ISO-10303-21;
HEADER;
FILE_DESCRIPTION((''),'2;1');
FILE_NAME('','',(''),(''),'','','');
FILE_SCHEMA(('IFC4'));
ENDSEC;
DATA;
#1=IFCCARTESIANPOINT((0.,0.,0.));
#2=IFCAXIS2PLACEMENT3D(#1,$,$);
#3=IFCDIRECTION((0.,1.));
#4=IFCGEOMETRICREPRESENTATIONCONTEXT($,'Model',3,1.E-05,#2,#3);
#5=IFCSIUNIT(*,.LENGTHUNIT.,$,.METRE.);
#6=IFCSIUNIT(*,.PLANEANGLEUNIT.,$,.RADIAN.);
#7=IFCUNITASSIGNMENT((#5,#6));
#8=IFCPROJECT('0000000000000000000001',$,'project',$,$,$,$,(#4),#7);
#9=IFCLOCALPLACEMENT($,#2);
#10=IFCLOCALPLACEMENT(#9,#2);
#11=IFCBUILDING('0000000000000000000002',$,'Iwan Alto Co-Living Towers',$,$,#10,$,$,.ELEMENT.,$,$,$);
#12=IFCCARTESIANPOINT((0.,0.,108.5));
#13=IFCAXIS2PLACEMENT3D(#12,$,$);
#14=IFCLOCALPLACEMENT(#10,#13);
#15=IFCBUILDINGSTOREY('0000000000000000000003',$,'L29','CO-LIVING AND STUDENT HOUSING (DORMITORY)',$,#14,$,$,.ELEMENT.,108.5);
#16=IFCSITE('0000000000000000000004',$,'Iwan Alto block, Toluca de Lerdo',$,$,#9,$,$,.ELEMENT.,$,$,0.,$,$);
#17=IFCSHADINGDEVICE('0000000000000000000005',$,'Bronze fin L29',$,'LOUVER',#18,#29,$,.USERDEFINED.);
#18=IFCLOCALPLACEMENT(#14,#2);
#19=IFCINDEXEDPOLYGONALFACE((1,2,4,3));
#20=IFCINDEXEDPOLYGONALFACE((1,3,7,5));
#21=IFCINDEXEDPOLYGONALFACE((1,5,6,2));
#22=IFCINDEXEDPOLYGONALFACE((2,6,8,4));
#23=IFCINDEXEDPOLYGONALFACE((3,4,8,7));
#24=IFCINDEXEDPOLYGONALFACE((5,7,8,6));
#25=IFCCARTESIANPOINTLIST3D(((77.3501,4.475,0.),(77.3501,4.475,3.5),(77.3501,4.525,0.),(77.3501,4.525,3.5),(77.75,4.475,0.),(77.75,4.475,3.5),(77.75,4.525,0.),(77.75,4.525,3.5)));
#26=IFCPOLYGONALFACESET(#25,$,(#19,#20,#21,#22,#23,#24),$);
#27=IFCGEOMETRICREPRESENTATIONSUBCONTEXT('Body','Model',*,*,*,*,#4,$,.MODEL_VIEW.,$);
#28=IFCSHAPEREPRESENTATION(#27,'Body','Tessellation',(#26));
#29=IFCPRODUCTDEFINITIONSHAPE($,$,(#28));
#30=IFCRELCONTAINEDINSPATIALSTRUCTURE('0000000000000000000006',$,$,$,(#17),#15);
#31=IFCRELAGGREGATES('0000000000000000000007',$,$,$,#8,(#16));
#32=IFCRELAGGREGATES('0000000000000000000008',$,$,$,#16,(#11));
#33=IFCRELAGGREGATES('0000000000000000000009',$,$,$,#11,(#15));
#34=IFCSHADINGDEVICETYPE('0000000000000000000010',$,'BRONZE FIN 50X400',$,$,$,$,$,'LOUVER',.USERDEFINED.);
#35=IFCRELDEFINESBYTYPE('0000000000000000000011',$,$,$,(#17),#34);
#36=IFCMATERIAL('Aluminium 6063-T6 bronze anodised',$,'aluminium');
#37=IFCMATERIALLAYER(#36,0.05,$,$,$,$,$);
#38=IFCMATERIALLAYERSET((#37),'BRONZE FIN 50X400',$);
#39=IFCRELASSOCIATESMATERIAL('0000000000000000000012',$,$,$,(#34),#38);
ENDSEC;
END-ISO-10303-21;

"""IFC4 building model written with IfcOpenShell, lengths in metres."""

from ifc_helpers import new_model, si_unit, direction, frame, origin, origin_2d, place, context, subcontext, project, spatial, rectangle, extrude, material, layer, layer_set, type_object, element, save


model = new_model("IFC4")

# Units and contexts
model_context = context("Model", 3, precision=1e-05, world=origin(), true_north=direction((0.0, 1.0)))
body_context = subcontext(model_context, "Body", "Model", "MODEL_VIEW")
ifc_project = project(units=[si_unit("LENGTHUNIT", "METRE"), si_unit("PLANEANGLEUNIT", "RADIAN")], contexts=[model_context])

# Site, building, storey
site_placement = place(None, origin())
site = spatial("IfcSite", under=ifc_project, at=site_placement, Name="Iwan Alto block, Toluca de Lerdo", CompositionType="ELEMENT", RefElevation=0.0)
building_placement = place(site_placement, origin())
building = spatial("IfcBuilding", under=site, at=building_placement, Name="Iwan Alto Co-Living Towers", CompositionType="ELEMENT")
storey_placement = place(building_placement, frame((0.0, 0.0, 108.5)))
storey = spatial("IfcBuildingStorey", under=building, at=storey_placement, Name="L29", Description="CO-LIVING AND STUDENT HOUSING (DORMITORY)", CompositionType="ELEMENT", Elevation=108.5)

# Shading device
ifc_material_1 = material(Name="Aluminium 6063-T6 bronze anodised", Category="aluminium")
ifc_layer_1 = layer(ifc_material_1, 0.05)
ifc_layer_set_1 = layer_set([ifc_layer_1], Name="BRONZE FIN 50X400")
shading_device_type = type_object("IfcShadingDeviceType", Name="BRONZE FIN 50X400", ElementType="LOUVER", PredefinedType="USERDEFINED", material=ifc_layer_set_1)
shading_device_placement = place(storey_placement, frame((77.55, 4.5, 0.0), z_axis=(0.0, 0.0, 1.0), x_axis=(0.0, 1.0, 0.0)))
element("IfcShadingDevice", 1, at=shading_device_placement, inside=storey, type_object=shading_device_type, Name="Bronze fin L29", ObjectType="LOUVER", PredefinedType="USERDEFINED", context=body_context, shape_type="SweptSolid", body=[
    extrude(rectangle(XDim=0.05, YDim=0.3999, at=origin_2d()), origin(), (0.0, 0.0, 1.0), 3.5),
])

save(model, "model.ifc")
